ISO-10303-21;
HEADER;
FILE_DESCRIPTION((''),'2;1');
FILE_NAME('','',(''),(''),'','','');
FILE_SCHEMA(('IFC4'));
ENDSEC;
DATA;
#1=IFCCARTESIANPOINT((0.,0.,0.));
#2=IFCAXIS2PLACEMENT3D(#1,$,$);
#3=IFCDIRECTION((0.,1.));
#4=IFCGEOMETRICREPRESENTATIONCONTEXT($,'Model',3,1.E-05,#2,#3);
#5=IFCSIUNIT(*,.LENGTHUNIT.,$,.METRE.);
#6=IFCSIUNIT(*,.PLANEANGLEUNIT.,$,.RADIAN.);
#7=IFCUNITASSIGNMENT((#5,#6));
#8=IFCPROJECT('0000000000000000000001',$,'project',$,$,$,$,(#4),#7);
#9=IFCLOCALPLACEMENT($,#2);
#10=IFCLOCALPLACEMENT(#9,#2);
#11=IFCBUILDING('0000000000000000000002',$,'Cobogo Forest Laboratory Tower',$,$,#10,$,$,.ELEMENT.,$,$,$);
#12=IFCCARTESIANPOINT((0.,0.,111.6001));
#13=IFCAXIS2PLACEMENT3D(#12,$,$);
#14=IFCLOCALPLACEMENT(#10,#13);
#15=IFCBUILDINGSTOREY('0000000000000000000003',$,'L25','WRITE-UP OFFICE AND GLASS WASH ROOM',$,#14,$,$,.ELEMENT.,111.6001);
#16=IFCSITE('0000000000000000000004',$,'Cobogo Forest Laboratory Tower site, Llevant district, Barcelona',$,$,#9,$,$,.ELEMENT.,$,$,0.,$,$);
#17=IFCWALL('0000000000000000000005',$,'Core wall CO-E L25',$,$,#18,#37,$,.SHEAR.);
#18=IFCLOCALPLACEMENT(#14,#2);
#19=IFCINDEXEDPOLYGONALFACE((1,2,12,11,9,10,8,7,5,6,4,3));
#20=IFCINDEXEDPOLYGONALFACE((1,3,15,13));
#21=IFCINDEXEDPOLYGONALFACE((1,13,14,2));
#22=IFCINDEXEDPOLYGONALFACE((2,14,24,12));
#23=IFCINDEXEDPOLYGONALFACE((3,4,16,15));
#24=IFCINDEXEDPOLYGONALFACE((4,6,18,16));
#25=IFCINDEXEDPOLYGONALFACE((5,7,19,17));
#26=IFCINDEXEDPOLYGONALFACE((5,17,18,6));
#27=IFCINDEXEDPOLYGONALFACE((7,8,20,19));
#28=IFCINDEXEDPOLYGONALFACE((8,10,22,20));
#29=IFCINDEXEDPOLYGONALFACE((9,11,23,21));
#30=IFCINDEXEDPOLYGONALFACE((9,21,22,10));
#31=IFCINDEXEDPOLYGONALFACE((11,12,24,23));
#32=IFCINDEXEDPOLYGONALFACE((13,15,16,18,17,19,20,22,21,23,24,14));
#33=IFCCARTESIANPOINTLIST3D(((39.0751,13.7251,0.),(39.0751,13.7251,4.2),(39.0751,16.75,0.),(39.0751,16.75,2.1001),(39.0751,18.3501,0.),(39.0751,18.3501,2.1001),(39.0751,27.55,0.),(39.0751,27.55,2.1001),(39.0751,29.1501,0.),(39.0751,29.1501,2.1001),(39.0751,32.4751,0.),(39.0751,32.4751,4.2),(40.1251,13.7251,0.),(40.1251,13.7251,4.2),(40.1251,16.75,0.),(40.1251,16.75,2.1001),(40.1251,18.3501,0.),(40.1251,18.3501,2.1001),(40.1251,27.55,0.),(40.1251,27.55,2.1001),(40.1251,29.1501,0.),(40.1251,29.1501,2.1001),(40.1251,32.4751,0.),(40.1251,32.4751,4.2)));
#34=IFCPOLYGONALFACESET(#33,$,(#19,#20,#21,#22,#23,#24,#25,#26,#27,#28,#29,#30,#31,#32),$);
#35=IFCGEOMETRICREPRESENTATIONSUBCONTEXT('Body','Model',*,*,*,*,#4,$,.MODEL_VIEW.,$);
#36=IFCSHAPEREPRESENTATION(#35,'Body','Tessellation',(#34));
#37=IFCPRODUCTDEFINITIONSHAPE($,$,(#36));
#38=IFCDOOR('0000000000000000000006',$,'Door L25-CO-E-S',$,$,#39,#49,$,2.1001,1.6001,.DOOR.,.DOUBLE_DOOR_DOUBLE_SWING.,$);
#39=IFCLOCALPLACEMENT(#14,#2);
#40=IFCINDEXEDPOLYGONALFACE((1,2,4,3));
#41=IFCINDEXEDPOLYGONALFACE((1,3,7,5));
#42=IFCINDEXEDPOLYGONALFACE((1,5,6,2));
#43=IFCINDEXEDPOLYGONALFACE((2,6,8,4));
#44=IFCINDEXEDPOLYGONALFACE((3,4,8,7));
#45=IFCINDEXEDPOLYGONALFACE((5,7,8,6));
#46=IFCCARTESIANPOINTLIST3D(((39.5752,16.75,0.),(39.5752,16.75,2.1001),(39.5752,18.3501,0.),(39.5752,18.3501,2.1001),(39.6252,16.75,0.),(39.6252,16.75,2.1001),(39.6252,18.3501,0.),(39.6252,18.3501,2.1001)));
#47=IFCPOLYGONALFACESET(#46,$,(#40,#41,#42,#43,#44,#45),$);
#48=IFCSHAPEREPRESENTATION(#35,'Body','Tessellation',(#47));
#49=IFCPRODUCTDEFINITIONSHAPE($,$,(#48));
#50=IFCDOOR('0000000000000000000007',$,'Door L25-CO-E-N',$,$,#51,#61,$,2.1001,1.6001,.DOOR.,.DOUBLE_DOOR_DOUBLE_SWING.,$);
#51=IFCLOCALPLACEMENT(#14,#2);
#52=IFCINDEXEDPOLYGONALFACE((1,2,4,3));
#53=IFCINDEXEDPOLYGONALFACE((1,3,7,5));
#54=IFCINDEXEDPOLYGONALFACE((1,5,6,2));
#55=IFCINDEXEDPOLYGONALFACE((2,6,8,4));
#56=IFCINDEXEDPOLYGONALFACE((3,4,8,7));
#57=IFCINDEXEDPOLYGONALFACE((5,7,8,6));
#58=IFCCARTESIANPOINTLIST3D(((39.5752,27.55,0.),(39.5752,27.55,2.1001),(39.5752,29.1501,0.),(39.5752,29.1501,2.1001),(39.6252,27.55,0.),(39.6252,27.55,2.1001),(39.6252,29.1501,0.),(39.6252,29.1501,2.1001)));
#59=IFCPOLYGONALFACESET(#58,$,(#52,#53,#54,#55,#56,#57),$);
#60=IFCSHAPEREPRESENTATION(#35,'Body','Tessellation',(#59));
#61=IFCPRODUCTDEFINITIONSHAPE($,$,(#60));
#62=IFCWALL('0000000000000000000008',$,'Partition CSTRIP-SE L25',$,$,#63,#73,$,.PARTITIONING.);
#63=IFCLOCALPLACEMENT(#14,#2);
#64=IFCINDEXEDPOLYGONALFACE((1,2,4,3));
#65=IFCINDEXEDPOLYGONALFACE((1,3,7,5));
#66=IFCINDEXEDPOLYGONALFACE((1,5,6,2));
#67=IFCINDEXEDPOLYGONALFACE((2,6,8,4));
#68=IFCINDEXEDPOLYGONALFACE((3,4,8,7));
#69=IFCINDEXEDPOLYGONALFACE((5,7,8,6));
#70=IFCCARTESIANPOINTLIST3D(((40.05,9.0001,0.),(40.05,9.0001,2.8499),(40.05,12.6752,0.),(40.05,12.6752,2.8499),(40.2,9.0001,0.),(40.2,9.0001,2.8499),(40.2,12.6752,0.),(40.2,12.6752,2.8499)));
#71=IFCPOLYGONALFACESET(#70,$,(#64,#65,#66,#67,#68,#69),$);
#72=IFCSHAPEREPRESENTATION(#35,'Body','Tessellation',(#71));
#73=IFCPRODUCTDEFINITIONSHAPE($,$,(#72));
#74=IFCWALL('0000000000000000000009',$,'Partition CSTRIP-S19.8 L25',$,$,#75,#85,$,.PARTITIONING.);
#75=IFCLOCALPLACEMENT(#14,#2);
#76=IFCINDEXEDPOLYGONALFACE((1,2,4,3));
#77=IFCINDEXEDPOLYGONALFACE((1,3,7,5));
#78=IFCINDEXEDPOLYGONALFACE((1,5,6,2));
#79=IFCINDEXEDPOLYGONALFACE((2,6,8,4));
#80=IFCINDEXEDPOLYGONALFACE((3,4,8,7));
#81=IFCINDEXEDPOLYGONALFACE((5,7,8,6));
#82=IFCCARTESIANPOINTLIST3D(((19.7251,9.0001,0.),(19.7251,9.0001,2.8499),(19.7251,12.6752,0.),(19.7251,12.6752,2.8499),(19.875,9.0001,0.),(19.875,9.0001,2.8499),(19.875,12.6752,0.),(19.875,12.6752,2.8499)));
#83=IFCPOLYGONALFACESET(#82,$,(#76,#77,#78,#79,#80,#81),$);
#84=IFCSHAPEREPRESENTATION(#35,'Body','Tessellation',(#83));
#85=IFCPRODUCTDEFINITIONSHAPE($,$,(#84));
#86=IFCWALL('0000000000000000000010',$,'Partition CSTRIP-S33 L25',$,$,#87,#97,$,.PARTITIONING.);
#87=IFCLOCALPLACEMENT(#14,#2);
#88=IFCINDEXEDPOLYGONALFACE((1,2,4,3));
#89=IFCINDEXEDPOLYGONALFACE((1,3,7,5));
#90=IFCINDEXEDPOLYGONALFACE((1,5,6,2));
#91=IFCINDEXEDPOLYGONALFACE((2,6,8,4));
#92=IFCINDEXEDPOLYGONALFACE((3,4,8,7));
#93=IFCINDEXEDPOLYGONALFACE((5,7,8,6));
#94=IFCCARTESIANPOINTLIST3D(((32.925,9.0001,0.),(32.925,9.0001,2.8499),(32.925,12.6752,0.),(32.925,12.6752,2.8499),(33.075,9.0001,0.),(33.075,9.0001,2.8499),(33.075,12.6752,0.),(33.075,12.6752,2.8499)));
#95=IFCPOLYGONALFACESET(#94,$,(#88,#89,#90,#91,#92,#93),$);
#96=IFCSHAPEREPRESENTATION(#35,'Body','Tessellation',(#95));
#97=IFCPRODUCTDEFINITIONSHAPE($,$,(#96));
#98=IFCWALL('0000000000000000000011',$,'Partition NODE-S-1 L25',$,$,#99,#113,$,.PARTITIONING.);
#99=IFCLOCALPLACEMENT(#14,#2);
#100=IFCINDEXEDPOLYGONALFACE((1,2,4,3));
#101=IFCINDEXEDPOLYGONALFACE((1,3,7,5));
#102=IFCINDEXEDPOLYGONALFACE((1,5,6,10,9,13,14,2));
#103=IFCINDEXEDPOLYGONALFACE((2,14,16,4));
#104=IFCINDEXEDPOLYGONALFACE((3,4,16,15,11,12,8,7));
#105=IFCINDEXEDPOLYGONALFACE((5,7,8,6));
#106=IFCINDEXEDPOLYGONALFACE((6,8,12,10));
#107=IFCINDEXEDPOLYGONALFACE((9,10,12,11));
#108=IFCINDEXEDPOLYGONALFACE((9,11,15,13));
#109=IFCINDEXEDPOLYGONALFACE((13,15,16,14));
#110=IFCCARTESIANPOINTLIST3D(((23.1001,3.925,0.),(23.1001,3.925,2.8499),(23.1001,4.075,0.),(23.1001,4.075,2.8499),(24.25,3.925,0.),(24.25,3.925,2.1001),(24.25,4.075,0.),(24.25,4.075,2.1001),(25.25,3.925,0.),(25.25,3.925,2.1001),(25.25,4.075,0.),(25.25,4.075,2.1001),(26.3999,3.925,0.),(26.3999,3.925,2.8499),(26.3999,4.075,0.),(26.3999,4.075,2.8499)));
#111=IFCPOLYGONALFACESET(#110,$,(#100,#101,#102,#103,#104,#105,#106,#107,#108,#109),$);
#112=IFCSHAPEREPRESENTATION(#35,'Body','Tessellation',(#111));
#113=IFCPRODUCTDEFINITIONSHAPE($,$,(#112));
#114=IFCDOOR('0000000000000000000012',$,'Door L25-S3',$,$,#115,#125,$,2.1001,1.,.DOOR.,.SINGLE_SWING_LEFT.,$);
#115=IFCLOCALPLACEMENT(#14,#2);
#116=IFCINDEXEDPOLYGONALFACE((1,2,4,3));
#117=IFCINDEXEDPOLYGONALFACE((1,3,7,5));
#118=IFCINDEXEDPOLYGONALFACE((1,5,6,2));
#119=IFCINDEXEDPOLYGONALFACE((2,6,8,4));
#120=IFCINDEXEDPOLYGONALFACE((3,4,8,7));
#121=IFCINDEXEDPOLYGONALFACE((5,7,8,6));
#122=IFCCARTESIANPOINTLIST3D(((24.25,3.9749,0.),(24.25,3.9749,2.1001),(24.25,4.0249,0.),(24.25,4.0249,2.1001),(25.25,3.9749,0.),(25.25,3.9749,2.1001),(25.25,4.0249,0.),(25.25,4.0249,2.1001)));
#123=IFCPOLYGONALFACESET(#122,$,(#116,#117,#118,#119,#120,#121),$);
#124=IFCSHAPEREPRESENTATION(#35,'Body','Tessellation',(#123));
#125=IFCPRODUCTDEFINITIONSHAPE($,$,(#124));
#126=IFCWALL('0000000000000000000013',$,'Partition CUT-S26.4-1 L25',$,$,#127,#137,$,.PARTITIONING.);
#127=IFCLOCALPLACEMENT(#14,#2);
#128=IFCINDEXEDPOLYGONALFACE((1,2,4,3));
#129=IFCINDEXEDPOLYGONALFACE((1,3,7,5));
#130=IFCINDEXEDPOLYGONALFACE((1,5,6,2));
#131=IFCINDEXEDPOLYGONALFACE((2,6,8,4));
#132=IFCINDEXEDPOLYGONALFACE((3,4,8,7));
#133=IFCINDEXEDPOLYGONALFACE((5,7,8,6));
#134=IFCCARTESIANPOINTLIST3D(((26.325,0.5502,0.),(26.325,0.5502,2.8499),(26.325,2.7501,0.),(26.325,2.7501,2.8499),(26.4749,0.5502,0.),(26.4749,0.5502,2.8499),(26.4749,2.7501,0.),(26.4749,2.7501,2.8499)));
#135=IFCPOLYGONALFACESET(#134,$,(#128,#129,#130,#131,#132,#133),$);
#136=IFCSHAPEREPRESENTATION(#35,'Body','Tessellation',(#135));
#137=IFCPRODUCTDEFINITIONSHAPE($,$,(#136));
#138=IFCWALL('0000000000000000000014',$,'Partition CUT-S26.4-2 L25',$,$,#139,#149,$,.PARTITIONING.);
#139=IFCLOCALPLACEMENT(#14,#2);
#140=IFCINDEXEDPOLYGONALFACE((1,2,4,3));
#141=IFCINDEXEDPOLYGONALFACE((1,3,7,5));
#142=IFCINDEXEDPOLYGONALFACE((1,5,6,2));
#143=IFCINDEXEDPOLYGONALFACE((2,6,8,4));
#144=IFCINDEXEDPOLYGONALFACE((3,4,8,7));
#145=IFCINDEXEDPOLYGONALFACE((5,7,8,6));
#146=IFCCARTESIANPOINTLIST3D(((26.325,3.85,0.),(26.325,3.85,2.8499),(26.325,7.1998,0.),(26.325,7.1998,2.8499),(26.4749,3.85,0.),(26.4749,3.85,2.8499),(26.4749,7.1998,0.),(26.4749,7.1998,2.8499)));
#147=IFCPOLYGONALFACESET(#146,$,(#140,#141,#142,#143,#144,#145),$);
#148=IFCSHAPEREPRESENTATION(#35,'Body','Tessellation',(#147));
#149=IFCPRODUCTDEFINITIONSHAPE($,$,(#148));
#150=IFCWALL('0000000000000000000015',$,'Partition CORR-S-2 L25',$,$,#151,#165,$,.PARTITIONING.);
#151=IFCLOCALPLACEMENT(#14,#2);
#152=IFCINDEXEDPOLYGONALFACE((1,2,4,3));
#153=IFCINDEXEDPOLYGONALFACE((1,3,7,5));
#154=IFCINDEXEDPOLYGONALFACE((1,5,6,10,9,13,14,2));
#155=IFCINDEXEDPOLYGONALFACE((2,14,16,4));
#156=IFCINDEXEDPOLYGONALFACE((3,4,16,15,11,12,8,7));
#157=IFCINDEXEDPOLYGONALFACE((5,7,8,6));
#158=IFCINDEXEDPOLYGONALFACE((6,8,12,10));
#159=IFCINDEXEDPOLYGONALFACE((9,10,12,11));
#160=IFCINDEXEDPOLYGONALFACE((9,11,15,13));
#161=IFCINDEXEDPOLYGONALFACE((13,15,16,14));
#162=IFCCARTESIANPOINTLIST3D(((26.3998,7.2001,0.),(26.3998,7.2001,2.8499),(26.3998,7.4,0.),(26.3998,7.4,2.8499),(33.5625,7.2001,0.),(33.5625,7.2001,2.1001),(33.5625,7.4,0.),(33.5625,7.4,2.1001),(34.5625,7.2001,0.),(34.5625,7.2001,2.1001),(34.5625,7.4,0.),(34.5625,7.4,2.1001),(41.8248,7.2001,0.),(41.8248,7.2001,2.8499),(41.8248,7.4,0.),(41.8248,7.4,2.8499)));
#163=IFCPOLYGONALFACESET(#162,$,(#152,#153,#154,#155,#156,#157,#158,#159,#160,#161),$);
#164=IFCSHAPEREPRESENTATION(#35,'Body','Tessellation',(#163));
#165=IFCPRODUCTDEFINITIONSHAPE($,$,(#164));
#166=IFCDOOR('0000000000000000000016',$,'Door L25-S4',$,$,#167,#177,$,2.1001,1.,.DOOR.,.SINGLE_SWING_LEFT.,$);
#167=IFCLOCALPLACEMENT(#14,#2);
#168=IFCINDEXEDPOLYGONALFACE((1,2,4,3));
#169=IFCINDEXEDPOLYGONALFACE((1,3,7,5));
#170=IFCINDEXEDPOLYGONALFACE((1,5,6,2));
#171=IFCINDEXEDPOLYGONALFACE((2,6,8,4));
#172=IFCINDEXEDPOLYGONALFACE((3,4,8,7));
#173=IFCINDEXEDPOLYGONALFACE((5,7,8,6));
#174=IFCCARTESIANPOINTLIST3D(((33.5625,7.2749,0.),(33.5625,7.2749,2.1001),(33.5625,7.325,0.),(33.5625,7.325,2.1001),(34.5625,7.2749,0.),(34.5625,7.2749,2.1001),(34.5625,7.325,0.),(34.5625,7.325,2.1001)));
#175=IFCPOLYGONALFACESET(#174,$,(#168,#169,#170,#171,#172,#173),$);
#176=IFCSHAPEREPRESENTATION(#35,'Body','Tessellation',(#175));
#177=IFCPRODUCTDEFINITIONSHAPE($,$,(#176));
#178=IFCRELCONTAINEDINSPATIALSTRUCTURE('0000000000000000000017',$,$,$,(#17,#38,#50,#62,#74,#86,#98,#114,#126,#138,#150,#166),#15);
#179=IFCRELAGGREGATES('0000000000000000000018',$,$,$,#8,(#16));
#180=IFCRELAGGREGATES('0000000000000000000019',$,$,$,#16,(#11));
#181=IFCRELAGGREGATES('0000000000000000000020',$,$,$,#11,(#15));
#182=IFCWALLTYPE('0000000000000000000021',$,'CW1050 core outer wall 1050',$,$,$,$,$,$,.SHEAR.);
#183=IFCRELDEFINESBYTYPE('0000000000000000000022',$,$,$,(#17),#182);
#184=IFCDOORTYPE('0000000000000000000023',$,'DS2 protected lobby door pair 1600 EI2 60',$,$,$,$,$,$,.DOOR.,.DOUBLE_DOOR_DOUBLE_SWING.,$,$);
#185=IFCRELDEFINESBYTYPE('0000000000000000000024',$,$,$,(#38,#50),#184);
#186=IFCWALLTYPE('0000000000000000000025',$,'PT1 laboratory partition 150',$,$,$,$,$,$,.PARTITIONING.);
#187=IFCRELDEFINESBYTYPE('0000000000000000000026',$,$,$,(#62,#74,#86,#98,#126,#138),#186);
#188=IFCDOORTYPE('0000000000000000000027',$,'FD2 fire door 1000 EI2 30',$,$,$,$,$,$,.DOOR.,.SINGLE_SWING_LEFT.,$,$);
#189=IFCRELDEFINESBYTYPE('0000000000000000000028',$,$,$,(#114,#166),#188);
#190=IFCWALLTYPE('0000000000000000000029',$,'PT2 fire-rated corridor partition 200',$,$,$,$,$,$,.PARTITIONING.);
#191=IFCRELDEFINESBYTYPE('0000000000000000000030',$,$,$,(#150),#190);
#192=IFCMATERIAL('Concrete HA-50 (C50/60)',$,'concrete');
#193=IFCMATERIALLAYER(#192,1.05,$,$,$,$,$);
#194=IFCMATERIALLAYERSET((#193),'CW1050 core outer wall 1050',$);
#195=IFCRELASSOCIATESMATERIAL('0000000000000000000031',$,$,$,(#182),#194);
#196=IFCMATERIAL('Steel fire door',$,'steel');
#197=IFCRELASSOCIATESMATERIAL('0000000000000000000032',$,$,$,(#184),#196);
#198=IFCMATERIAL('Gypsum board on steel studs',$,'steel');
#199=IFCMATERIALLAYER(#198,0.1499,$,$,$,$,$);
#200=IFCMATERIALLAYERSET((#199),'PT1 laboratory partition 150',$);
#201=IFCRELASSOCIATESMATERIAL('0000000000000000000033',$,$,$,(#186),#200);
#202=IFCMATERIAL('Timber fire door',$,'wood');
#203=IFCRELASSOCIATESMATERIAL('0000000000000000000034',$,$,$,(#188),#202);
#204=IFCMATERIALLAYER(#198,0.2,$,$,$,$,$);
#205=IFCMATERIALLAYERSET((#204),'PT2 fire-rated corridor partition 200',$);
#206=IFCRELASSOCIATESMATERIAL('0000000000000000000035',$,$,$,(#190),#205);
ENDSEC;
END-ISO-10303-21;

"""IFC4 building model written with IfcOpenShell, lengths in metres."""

from ifc_helpers import new_model, si_unit, direction, frame, frame_2d, origin, place, context, subcontext, project, spatial, rectangle, extrude, material, layer, layer_set, type_object, element, fill, save


model = new_model("IFC4")

# Units and contexts
model_context = context("Model", 3, precision=1e-05, world=origin(), true_north=direction((0.0, 1.0)))
body_context = subcontext(model_context, "Body", "Model", "MODEL_VIEW")
ifc_project = project(units=[si_unit("LENGTHUNIT", "METRE"), si_unit("PLANEANGLEUNIT", "RADIAN")], contexts=[model_context])

# Site, building, storey
site_placement = place(None, origin())
site = spatial("IfcSite", under=ifc_project, at=site_placement, Name="Cobogo Forest Laboratory Tower site, Llevant district, Barcelona", CompositionType="ELEMENT", RefElevation=0.0)
building_placement = place(site_placement, origin())
building = spatial("IfcBuilding", under=site, at=building_placement, Name="Cobogo Forest Laboratory Tower", CompositionType="ELEMENT")
storey_placement = place(building_placement, frame((0.0, 0.0, 111.6001)))
storey = spatial("IfcBuildingStorey", under=building, at=storey_placement, Name="L25", Description="WRITE-UP OFFICE AND GLASS WASH ROOM", CompositionType="ELEMENT", Elevation=111.6001)

# Shared definitions
ifc_material_1 = material(Name="Concrete HA-50 (C50/60)", Category="concrete")

# Wall, openings, doors
ifc_layer_1 = layer(ifc_material_1, 1.05)
ifc_layer_set_1 = layer_set([ifc_layer_1], Name="CW1050 core outer wall 1050")
wall_type_1 = type_object("IfcWallType", Name="CW1050 core outer wall 1050", PredefinedType="SHEAR", material=ifc_layer_set_1)
wall_1_placement = place(storey_placement, frame((39.6001, 13.7251, 0.0), z_axis=(0.0, 0.0, 1.0), x_axis=(0.0, 1.0, 0.0)))
wall_1 = element("IfcWall", 1, at=wall_1_placement, inside=storey, type_object=wall_type_1, Name="Core wall CO-E L25", PredefinedType="SHEAR", context=body_context, shape_type="SweptSolid", body=[
    extrude(rectangle(XDim=18.75, YDim=1.05, at=frame_2d((9.375, 0.0))), origin(), (0.0, 0.0, 1.0), 4.2),
])
opening_1_placement = place(wall_1_placement, frame((3.0249, 0.0, 0.0)))
opening_1 = element("IfcOpeningElement", 2, at=opening_1_placement, cuts=wall_1, PredefinedType="OPENING", context=body_context, shape_type="SweptSolid", body=[
    extrude(rectangle(XDim=1.6001, YDim=2.1001, at=frame_2d((0.8, 1.05))), frame((0.0, 0.5349, 0.0), z_axis=(0.0, -1.0, 0.0), x_axis=(1.0, 0.0, 0.0)), (0.0, 0.0, 1.0), 1.0701),
])
opening_2_placement = place(wall_1_placement, frame((13.825, 0.0, 0.0)))
opening_2 = element("IfcOpeningElement", 3, at=opening_2_placement, cuts=wall_1, PredefinedType="OPENING", context=body_context, shape_type="SweptSolid", body=[
    extrude(rectangle(XDim=1.6001, YDim=2.1001, at=frame_2d((0.8, 1.05))), frame((0.0, 0.5349, 0.0), z_axis=(0.0, -1.0, 0.0), x_axis=(1.0, 0.0, 0.0)), (0.0, 0.0, 1.0), 1.0701),
])
ifc_material_2 = material(Name="Steel fire door", Category="steel")
door_type_1 = type_object("IfcDoorType", Name="DS2 protected lobby door pair 1600 EI2 60", OperationType="DOUBLE_DOOR_DOUBLE_SWING", PredefinedType="DOOR", material=ifc_material_2)
door_1_placement = place(opening_1_placement, origin())
door_1 = element("IfcDoor", 4, at=door_1_placement, inside=storey, type_object=door_type_1, Name="Door L25-CO-E-S", OperationType="DOUBLE_DOOR_DOUBLE_SWING", OverallHeight=2.1001, OverallWidth=1.6001, PredefinedType="DOOR", context=body_context, shape_type="SweptSolid", body=[
    extrude(rectangle(XDim=1.6001, YDim=2.1001, at=frame_2d((0.8, 1.05))), frame((0.0, 0.0249, 0.0), z_axis=(0.0, -1.0, 0.0), x_axis=(1.0, 0.0, 0.0)), (0.0, 0.0, 1.0), 0.05),
])
fill(opening_1, door_1)
door_2_placement = place(opening_2_placement, origin())
door_2 = element("IfcDoor", 5, at=door_2_placement, inside=storey, type_object=door_type_1, Name="Door L25-CO-E-N", OperationType="DOUBLE_DOOR_DOUBLE_SWING", OverallHeight=2.1001, OverallWidth=1.6001, PredefinedType="DOOR", context=body_context, shape_type="SweptSolid", body=[
    extrude(rectangle(XDim=1.6001, YDim=2.1001, at=frame_2d((0.8, 1.05))), frame((0.0, 0.0249, 0.0), z_axis=(0.0, -1.0, 0.0), x_axis=(1.0, 0.0, 0.0)), (0.0, 0.0, 1.0), 0.05),
])
fill(opening_2, door_2)

# Walls
ifc_material_3 = material(Name="Gypsum board on steel studs", Category="steel")
ifc_layer_2 = layer(ifc_material_3, 0.1499)
ifc_layer_set_2 = layer_set([ifc_layer_2], Name="PT1 laboratory partition 150")
wall_type_2 = type_object("IfcWallType", Name="PT1 laboratory partition 150", PredefinedType="PARTITIONING", material=ifc_layer_set_2)
for number, where, z_axis, x_axis, name in (
    (6, (40.125, 12.675, 0.0), (0.0, 0.0, 1.0), (0.0, -1.0, 0.0), "Partition CSTRIP-SE L25"),
    (7, (19.8, 12.675, 0.0), (0.0, 0.0, 1.0), (0.0, -1.0, 0.0), "Partition CSTRIP-S19.8 L25"),
    (8, (33.0, 12.675, 0.0), (0.0, 0.0, 1.0), (0.0, -1.0, 0.0), "Partition CSTRIP-S33 L25"),
):
    element("IfcWall", number, at=place(storey_placement, frame(where, z_axis=z_axis, x_axis=x_axis)), inside=storey, type_object=wall_type_2, Name=name, PredefinedType="PARTITIONING", context=body_context, shape_type="SweptSolid", body=[
        extrude(rectangle(XDim=3.675, YDim=0.1499, at=frame_2d((1.8374, 0.0))), origin(), (0.0, 0.0, 1.0), 2.8499),
    ])

# Wall, opening, door
wall_2_placement = place(storey_placement, frame((23.1001, 4.0, 0.0), z_axis=(0.0, 0.0, 1.0), x_axis=(1.0, 0.0, 0.0)))
wall_2 = element("IfcWall", 9, at=wall_2_placement, inside=storey, type_object=wall_type_2, Name="Partition NODE-S-1 L25", PredefinedType="PARTITIONING", context=body_context, shape_type="SweptSolid", body=[
    extrude(rectangle(XDim=3.2998, YDim=0.1499, at=frame_2d((1.6499, 0.0))), origin(), (0.0, 0.0, 1.0), 2.8499),
])
opening_3_placement = place(wall_2_placement, frame((1.1499, 0.0, 0.0)))
opening_3 = element("IfcOpeningElement", 10, at=opening_3_placement, cuts=wall_2, PredefinedType="OPENING", context=body_context, shape_type="SweptSolid", body=[
    extrude(rectangle(XDim=1.0, YDim=2.1001, at=frame_2d((0.5, 1.05))), frame((0.0, 0.085, 0.0), z_axis=(0.0, -1.0, 0.0), x_axis=(1.0, 0.0, 0.0)), (0.0, 0.0, 1.0), 0.1699),
])
ifc_material_4 = material(Name="Timber fire door", Category="wood")
door_type_2 = type_object("IfcDoorType", Name="FD2 fire door 1000 EI2 30", OperationType="SINGLE_SWING_LEFT", PredefinedType="DOOR", material=ifc_material_4)
door_3_placement = place(opening_3_placement, origin())
door_3 = element("IfcDoor", 11, at=door_3_placement, inside=storey, type_object=door_type_2, Name="Door L25-S3", OperationType="SINGLE_SWING_LEFT", OverallHeight=2.1001, OverallWidth=1.0, PredefinedType="DOOR", context=body_context, shape_type="SweptSolid", body=[
    extrude(rectangle(XDim=1.0, YDim=2.1001, at=frame_2d((0.5, 1.05))), frame((0.0, 0.0249, 0.0), z_axis=(0.0, -1.0, 0.0), x_axis=(1.0, 0.0, 0.0)), (0.0, 0.0, 1.0), 0.05),
])
fill(opening_3, door_3)

# Walls
wall_3_placement = place(storey_placement, frame((26.3999, 0.55, 0.0), z_axis=(0.0, 0.0, 1.0), x_axis=(0.0, 1.0, 0.0)))
element("IfcWall", 12, at=wall_3_placement, inside=storey, type_object=wall_type_2, Name="Partition CUT-S26.4-1 L25", PredefinedType="PARTITIONING", context=body_context, shape_type="SweptSolid", body=[
    extrude(rectangle(XDim=2.2, YDim=0.1499, at=frame_2d((1.1001, 0.0))), origin(), (0.0, 0.0, 1.0), 2.8499),
])
wall_4_placement = place(storey_placement, frame((26.3999, 3.8501, 0.0), z_axis=(0.0, 0.0, 1.0), x_axis=(0.0, 1.0, 0.0)))
element("IfcWall", 13, at=wall_4_placement, inside=storey, type_object=wall_type_2, Name="Partition CUT-S26.4-2 L25", PredefinedType="PARTITIONING", context=body_context, shape_type="SweptSolid", body=[
    extrude(rectangle(XDim=3.3499, YDim=0.1499, at=frame_2d((1.6748, 0.0))), origin(), (0.0, 0.0, 1.0), 2.8499),
])

# Wall, opening, door
ifc_layer_3 = layer(ifc_material_3, 0.2)
ifc_layer_set_3 = layer_set([ifc_layer_3], Name="PT2 fire-rated corridor partition 200")
wall_type_3 = type_object("IfcWallType", Name="PT2 fire-rated corridor partition 200", PredefinedType="PARTITIONING", material=ifc_layer_set_3)
wall_5_placement = place(storey_placement, frame((26.3999, 7.3, 0.0), z_axis=(0.0, 0.0, 1.0), x_axis=(1.0, 0.0, 0.0)))
wall_5 = element("IfcWall", 14, at=wall_5_placement, inside=storey, type_object=wall_type_3, Name="Partition CORR-S-2 L25", PredefinedType="PARTITIONING", context=body_context, shape_type="SweptSolid", body=[
    extrude(rectangle(XDim=15.425, YDim=0.2, at=frame_2d((7.7124, 0.0))), origin(), (0.0, 0.0, 1.0), 2.8499),
])
opening_4_placement = place(wall_5_placement, frame((7.1626, 0.0, 0.0)))
opening_4 = element("IfcOpeningElement", 15, at=opening_4_placement, cuts=wall_5, PredefinedType="OPENING", context=body_context, shape_type="SweptSolid", body=[
    extrude(rectangle(XDim=1.0, YDim=2.1001, at=frame_2d((0.5, 1.05))), frame((0.0, 0.1099, 0.0), z_axis=(0.0, -1.0, 0.0), x_axis=(1.0, 0.0, 0.0)), (0.0, 0.0, 1.0), 0.22),
])
door_4_placement = place(opening_4_placement, origin())
door_4 = element("IfcDoor", 16, at=door_4_placement, inside=storey, type_object=door_type_2, Name="Door L25-S4", OperationType="SINGLE_SWING_LEFT", OverallHeight=2.1001, OverallWidth=1.0, PredefinedType="DOOR", context=body_context, shape_type="SweptSolid", body=[
    extrude(rectangle(XDim=1.0, YDim=2.1001, at=frame_2d((0.5, 1.05))), frame((0.0, 0.0249, 0.0), z_axis=(0.0, -1.0, 0.0), x_axis=(1.0, 0.0, 0.0)), (0.0, 0.0, 1.0), 0.05),
])
fill(opening_4, door_4)

save(model, "model.ifc")
